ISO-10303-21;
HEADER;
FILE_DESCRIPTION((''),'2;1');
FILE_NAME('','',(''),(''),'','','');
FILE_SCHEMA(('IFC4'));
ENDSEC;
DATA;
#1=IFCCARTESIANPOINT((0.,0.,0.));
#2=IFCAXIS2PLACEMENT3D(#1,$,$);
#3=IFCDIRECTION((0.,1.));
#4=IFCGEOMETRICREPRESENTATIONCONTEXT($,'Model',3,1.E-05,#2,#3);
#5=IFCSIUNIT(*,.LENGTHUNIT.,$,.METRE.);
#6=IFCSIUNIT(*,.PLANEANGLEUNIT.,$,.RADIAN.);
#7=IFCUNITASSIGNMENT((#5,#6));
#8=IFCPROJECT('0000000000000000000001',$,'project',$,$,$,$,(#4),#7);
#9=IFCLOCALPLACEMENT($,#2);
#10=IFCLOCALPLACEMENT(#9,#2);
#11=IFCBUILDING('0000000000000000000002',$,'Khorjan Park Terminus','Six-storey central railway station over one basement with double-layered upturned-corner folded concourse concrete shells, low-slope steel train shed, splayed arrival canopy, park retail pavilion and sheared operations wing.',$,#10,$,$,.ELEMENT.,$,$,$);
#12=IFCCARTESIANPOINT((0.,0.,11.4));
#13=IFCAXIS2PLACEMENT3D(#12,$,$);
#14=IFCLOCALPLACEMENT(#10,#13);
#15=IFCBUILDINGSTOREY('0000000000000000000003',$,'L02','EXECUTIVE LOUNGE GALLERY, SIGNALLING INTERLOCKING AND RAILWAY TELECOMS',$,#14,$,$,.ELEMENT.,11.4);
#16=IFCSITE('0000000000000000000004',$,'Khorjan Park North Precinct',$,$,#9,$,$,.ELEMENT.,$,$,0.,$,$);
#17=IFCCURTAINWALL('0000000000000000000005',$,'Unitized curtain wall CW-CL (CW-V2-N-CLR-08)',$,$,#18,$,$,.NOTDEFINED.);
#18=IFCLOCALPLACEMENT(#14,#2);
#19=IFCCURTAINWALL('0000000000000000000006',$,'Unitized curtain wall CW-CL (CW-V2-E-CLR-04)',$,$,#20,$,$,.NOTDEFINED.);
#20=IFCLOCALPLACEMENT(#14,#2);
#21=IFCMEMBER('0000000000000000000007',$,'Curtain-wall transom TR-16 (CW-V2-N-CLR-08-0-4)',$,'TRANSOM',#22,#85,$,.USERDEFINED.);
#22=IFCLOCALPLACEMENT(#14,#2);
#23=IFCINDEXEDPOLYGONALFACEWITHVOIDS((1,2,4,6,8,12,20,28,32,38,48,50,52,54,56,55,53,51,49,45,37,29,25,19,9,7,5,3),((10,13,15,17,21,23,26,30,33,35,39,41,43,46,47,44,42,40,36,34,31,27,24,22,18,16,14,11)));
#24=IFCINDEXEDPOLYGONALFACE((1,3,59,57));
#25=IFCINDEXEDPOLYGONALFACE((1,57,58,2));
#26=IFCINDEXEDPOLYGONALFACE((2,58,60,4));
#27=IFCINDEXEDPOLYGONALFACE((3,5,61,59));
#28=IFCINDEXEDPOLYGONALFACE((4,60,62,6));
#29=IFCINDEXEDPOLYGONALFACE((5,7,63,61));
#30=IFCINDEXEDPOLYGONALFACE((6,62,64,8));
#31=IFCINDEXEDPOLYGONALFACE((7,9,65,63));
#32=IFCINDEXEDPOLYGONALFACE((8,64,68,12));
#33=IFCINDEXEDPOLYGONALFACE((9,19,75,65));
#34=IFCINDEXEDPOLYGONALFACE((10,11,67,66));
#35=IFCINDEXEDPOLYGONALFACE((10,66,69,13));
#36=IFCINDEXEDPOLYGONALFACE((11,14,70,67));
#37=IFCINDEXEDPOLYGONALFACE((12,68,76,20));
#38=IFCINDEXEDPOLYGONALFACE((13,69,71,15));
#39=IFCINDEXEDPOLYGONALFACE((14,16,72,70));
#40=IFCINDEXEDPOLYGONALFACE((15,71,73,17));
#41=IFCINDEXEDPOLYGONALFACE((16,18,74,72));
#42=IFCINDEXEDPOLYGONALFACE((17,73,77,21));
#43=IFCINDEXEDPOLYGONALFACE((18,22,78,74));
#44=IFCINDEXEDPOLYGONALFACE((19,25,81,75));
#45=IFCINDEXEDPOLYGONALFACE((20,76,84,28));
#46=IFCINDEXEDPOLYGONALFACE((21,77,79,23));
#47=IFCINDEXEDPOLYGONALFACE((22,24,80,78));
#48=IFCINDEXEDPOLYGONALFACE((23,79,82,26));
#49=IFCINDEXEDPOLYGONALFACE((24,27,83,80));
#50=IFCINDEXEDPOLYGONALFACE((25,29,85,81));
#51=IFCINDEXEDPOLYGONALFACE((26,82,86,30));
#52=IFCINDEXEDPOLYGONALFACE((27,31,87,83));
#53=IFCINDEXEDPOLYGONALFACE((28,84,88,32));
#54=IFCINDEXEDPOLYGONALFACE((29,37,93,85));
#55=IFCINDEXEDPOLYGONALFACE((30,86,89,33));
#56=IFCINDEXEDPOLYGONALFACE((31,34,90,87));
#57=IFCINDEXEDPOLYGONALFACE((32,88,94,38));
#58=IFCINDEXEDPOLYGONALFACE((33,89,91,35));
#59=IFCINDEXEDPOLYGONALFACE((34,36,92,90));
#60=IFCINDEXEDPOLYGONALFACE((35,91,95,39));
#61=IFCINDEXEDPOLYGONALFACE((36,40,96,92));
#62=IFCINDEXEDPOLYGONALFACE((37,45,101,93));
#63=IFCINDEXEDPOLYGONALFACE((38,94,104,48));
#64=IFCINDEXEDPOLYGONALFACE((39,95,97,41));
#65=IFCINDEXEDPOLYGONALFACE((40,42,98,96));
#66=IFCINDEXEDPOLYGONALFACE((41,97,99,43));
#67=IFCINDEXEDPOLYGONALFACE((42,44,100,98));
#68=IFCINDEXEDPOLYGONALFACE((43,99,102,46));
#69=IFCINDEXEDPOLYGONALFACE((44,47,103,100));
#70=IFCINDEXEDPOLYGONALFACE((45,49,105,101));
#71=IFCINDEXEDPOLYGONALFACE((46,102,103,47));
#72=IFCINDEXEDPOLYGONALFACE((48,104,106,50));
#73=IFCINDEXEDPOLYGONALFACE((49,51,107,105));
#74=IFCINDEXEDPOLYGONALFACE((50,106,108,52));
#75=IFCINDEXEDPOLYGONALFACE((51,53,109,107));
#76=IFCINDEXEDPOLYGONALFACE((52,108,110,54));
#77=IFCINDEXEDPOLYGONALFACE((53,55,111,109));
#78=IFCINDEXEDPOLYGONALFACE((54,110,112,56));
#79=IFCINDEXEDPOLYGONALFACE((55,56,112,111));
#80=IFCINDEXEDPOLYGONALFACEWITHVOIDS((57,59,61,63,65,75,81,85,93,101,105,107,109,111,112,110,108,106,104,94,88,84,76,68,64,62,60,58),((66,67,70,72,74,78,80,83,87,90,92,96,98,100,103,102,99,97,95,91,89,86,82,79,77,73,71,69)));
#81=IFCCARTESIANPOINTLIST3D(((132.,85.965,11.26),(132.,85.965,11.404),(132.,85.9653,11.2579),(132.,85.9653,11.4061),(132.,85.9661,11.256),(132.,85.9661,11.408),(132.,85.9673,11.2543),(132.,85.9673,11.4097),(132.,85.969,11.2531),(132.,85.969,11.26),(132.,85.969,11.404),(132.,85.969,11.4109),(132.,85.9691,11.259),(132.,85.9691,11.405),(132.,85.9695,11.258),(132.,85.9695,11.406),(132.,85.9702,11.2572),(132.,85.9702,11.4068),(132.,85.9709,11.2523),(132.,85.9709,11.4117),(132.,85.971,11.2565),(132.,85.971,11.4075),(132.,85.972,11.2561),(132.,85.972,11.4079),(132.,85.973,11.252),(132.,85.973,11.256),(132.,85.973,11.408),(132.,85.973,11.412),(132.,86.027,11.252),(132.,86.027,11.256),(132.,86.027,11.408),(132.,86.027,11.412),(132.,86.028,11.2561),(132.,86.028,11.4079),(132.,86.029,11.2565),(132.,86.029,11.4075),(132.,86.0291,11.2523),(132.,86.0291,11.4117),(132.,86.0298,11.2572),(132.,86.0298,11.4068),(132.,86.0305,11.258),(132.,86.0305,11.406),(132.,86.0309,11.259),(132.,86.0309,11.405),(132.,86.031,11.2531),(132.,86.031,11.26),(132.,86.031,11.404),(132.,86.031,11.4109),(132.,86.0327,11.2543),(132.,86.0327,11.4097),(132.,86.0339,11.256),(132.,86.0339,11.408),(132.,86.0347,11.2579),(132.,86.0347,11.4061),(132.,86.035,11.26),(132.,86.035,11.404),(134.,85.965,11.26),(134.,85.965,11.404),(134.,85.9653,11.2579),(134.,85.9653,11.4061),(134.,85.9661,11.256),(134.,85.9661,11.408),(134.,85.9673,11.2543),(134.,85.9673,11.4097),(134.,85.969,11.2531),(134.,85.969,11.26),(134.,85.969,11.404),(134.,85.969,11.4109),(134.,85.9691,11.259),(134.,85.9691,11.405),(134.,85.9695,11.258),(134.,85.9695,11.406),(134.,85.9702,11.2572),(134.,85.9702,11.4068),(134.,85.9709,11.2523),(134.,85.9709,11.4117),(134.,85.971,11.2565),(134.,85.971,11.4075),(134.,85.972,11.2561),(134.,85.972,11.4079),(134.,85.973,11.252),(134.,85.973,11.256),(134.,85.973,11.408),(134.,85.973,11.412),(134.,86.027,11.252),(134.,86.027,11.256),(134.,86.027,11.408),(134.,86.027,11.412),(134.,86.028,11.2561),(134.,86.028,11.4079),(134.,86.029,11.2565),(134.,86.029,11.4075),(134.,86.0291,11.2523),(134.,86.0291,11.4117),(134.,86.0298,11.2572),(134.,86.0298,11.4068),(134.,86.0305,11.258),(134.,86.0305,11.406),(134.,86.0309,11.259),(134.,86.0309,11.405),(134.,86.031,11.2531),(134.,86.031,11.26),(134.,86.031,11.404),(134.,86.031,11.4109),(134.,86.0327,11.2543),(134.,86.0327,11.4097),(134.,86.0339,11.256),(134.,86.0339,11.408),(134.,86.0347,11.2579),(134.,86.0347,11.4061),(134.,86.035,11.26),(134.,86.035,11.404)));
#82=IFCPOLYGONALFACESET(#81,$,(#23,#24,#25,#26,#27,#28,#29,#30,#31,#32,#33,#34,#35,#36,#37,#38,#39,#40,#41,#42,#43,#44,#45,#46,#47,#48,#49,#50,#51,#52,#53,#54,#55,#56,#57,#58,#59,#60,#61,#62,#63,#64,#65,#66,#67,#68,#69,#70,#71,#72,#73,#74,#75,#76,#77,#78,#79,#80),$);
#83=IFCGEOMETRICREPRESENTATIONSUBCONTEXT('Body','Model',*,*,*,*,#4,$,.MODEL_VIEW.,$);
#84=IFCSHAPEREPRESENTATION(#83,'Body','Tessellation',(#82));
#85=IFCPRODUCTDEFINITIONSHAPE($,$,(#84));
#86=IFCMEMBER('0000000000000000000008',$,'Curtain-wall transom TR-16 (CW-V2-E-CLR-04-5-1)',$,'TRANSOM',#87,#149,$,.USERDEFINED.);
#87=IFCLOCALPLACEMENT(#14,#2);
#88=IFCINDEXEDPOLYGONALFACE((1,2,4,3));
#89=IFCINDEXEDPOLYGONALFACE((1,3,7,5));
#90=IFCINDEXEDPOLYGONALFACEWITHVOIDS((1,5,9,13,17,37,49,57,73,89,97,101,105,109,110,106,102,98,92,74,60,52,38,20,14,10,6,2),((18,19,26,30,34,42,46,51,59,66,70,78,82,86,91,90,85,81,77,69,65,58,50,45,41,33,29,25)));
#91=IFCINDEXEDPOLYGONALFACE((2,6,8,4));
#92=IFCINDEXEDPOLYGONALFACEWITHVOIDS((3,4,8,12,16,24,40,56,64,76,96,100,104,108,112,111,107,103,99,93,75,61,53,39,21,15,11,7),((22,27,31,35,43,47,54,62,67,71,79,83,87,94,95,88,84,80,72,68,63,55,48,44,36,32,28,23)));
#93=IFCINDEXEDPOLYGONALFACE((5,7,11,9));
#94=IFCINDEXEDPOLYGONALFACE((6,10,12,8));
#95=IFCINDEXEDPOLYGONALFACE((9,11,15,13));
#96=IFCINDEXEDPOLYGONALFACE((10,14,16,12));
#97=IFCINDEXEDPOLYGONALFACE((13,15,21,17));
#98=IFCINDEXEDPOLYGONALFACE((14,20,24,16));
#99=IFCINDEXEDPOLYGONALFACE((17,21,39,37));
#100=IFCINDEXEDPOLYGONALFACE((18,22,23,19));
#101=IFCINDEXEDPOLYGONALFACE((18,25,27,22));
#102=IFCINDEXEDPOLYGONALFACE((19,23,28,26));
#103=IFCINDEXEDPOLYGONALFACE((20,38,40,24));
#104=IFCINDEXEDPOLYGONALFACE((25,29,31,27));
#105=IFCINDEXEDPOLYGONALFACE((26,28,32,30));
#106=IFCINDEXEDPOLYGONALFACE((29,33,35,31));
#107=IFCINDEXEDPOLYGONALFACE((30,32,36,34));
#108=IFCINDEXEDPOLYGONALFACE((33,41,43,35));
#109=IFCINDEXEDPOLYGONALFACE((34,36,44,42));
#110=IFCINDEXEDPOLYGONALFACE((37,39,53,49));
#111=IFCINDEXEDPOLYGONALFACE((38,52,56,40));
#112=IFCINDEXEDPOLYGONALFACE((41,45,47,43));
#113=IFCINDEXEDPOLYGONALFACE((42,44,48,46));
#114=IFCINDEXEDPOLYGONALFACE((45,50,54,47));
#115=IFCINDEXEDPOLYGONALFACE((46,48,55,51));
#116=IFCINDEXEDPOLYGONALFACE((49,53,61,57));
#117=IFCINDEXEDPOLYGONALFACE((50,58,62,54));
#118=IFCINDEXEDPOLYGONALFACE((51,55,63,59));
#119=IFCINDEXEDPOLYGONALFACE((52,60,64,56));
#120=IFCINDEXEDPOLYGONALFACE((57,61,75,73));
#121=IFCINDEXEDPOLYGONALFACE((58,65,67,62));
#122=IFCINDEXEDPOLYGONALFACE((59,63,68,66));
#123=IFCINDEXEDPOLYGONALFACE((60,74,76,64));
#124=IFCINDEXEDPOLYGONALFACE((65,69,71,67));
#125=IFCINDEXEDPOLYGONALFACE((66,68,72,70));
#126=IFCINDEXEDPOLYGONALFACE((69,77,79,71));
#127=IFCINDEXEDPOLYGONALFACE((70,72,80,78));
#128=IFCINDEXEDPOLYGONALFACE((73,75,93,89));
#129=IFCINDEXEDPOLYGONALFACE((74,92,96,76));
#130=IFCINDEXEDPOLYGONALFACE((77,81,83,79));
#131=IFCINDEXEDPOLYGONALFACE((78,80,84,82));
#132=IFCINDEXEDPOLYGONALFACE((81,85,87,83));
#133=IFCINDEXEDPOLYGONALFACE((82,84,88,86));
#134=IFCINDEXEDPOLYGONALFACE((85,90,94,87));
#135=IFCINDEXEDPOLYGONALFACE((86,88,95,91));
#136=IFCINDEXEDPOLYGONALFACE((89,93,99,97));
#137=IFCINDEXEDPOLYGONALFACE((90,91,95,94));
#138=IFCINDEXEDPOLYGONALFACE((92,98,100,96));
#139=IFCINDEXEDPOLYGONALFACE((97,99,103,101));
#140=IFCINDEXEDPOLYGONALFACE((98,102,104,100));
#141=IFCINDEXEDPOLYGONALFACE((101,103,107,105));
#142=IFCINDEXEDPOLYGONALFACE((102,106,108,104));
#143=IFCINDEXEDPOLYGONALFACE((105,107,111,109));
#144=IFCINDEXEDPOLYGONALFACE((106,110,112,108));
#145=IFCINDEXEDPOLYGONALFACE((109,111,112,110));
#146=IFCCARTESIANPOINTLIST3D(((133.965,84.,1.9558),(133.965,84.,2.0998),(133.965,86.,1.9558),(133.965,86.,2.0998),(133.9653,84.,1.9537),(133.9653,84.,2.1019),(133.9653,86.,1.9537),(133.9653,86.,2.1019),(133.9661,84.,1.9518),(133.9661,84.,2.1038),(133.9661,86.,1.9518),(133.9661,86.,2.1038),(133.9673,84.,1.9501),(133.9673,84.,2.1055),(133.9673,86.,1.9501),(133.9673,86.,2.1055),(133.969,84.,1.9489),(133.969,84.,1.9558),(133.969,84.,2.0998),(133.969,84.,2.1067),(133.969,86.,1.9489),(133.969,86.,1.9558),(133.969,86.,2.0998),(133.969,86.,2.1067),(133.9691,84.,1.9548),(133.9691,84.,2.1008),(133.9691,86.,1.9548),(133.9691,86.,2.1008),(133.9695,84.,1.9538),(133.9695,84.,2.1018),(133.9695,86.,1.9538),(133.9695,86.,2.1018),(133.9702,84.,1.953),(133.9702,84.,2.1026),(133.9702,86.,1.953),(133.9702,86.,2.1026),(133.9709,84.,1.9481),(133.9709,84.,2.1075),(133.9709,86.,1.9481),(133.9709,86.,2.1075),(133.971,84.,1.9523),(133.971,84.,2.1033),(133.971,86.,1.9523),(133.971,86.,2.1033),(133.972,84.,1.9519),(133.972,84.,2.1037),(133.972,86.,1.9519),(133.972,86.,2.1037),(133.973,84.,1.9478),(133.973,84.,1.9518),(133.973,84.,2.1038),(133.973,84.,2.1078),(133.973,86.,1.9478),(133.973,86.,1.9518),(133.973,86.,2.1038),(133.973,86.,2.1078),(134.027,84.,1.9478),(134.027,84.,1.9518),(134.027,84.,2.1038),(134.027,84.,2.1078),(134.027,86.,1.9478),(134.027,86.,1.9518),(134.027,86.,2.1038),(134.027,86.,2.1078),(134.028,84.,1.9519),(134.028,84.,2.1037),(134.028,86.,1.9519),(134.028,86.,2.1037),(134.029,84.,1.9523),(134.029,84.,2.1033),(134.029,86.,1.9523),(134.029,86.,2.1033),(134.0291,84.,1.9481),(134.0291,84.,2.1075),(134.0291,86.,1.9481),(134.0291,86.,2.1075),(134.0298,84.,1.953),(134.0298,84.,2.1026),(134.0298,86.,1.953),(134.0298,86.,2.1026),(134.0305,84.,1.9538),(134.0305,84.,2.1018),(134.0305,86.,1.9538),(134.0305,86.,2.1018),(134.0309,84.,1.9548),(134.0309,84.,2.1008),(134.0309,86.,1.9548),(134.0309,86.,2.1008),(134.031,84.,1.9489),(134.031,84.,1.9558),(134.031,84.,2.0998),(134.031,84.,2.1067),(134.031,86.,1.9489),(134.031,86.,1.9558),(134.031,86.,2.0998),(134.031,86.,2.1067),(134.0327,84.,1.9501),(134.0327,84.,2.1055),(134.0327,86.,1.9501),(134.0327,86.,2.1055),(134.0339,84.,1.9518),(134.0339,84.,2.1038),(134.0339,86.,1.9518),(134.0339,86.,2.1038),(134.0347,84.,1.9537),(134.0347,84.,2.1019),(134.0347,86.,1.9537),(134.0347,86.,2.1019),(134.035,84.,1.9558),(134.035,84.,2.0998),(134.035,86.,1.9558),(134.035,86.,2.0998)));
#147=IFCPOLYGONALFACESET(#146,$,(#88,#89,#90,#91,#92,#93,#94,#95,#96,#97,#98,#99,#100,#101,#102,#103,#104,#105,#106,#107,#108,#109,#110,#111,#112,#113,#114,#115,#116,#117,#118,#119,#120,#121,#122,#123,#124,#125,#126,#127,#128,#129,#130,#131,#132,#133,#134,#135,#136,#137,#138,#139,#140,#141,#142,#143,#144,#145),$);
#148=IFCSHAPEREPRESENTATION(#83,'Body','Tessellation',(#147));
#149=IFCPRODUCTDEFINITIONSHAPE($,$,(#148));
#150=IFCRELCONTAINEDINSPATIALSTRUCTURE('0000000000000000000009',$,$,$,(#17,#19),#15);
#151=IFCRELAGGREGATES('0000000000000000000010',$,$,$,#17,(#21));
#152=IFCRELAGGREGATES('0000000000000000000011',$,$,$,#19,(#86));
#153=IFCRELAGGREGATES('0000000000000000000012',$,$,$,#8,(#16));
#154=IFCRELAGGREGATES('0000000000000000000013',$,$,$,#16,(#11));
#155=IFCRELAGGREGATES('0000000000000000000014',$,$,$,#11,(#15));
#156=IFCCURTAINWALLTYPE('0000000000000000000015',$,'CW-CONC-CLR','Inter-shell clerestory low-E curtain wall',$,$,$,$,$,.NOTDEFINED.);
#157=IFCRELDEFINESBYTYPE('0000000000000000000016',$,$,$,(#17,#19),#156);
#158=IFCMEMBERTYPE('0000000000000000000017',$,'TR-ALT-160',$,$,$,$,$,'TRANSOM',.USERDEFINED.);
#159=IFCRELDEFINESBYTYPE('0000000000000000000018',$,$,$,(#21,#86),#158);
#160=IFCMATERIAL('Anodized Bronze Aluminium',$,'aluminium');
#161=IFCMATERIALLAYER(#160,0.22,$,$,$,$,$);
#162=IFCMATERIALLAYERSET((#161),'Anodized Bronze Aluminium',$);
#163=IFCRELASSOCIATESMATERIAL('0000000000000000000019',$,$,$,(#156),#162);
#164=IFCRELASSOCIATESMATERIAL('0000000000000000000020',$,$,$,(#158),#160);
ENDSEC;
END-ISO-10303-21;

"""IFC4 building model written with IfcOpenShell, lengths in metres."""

from ifc_helpers import new_model, si_unit, direction, frame, origin, origin_2d, place, context, subcontext, project, spatial, hollow_rectangle, extrude, material, layer, layer_set, material_profile, profile_set, type_object, element, aggregate, save


model = new_model("IFC4")

# Units and contexts
model_context = context("Model", 3, precision=1e-05, world=origin(), true_north=direction((0.0, 1.0)))
body_context = subcontext(model_context, "Body", "Model", "MODEL_VIEW")
ifc_project = project(units=[si_unit("LENGTHUNIT", "METRE"), si_unit("PLANEANGLEUNIT", "RADIAN")], contexts=[model_context])

# Site, building, storey
site_placement = place(None, origin())
site = spatial("IfcSite", under=ifc_project, at=site_placement, Name="Khorjan Park North Precinct", CompositionType="ELEMENT", RefElevation=0.0)
building_placement = place(site_placement, origin())
building = spatial("IfcBuilding", under=site, at=building_placement, Name="Khorjan Park Terminus", Description="Six-storey central railway station over one basement with double-layered upturned-corner folded concourse concrete shells, low-slope steel train shed, splayed arrival canopy, park retail pavilion and sheared operations wing.", CompositionType="ELEMENT")
storey_placement = place(building_placement, frame((0.0, 0.0, 11.4)))
storey = spatial("IfcBuildingStorey", under=building, at=storey_placement, Name="L02", Description="EXECUTIVE LOUNGE GALLERY, SIGNALLING INTERLOCKING AND RAILWAY TELECOMS", CompositionType="ELEMENT", Elevation=11.4)

# Curtain walls
ifc_material_1 = material(Name="Anodized Bronze Aluminium", Category="aluminium")
ifc_layer_1 = layer(ifc_material_1, 0.22)
ifc_layer_set_1 = layer_set([ifc_layer_1], Name="Anodized Bronze Aluminium")
curtain_wall_type = type_object("IfcCurtainWallType", Name="CW-CONC-CLR", Description="Inter-shell clerestory low-E curtain wall", PredefinedType="NOTDEFINED", material=ifc_layer_set_1)
curtain_wall_1_placement = place(storey_placement, origin())
curtain_wall_1 = element("IfcCurtainWall", 1, at=curtain_wall_1_placement, inside=storey, type_object=curtain_wall_type, Name="Unitized curtain wall CW-CL (CW-V2-N-CLR-08)", PredefinedType="NOTDEFINED")
curtain_wall_2_placement = place(storey_placement, origin())
curtain_wall_2 = element("IfcCurtainWall", 2, at=curtain_wall_2_placement, inside=storey, type_object=curtain_wall_type, Name="Unitized curtain wall CW-CL (CW-V2-E-CLR-04)", PredefinedType="NOTDEFINED")

# Members
ifc_material_profile_1 = material_profile(ifc_material_1, hollow_rectangle(XDim=0.07, YDim=0.16, WallThickness=0.004, InnerFilletRadius=0.004, OuterFilletRadius=0.008, at=origin_2d()), Name="ALT 70x160x4")
ifc_profile_set_1 = profile_set([ifc_material_profile_1], Name="Anodized Bronze Aluminium")
member_type_1 = type_object("IfcMemberType", Name="TR-ALT-160", ElementType="TRANSOM", PredefinedType="USERDEFINED", material=ifc_profile_set_1)
member_1_placement = place(storey_placement, frame((134.0, 86.0, 11.332), z_axis=(-1.0, 0.0, 0.0), x_axis=(0.0, -1.0, 0.0)))
member_1 = element("IfcMember", 3, at=member_1_placement, type_object=member_type_1, Name="Curtain-wall transom TR-16 (CW-V2-N-CLR-08-0-4)", ObjectType="TRANSOM", PredefinedType="USERDEFINED", context=body_context, shape_type="SweptSolid", body=[
    extrude(hollow_rectangle(XDim=0.07, YDim=0.16, WallThickness=0.004, InnerFilletRadius=0.004, OuterFilletRadius=0.008, at=origin_2d()), origin(), (0.0, 0.0, 1.0), 2.0),
])
aggregate(curtain_wall_1, [member_1])
member_2_placement = place(storey_placement, frame((134.0, 84.0, 2.0278), z_axis=(0.0, 1.0, 0.0), x_axis=(-1.0, 0.0, 0.0)))
member_2 = element("IfcMember", 4, at=member_2_placement, type_object=member_type_1, Name="Curtain-wall transom TR-16 (CW-V2-E-CLR-04-5-1)", ObjectType="TRANSOM", PredefinedType="USERDEFINED", context=body_context, shape_type="SweptSolid", body=[
    extrude(hollow_rectangle(XDim=0.07, YDim=0.16, WallThickness=0.004, InnerFilletRadius=0.004, OuterFilletRadius=0.008, at=origin_2d()), origin(), (0.0, 0.0, 1.0), 2.0),
])

aggregate(curtain_wall_2, [member_2])

save(model, "model.ifc")
